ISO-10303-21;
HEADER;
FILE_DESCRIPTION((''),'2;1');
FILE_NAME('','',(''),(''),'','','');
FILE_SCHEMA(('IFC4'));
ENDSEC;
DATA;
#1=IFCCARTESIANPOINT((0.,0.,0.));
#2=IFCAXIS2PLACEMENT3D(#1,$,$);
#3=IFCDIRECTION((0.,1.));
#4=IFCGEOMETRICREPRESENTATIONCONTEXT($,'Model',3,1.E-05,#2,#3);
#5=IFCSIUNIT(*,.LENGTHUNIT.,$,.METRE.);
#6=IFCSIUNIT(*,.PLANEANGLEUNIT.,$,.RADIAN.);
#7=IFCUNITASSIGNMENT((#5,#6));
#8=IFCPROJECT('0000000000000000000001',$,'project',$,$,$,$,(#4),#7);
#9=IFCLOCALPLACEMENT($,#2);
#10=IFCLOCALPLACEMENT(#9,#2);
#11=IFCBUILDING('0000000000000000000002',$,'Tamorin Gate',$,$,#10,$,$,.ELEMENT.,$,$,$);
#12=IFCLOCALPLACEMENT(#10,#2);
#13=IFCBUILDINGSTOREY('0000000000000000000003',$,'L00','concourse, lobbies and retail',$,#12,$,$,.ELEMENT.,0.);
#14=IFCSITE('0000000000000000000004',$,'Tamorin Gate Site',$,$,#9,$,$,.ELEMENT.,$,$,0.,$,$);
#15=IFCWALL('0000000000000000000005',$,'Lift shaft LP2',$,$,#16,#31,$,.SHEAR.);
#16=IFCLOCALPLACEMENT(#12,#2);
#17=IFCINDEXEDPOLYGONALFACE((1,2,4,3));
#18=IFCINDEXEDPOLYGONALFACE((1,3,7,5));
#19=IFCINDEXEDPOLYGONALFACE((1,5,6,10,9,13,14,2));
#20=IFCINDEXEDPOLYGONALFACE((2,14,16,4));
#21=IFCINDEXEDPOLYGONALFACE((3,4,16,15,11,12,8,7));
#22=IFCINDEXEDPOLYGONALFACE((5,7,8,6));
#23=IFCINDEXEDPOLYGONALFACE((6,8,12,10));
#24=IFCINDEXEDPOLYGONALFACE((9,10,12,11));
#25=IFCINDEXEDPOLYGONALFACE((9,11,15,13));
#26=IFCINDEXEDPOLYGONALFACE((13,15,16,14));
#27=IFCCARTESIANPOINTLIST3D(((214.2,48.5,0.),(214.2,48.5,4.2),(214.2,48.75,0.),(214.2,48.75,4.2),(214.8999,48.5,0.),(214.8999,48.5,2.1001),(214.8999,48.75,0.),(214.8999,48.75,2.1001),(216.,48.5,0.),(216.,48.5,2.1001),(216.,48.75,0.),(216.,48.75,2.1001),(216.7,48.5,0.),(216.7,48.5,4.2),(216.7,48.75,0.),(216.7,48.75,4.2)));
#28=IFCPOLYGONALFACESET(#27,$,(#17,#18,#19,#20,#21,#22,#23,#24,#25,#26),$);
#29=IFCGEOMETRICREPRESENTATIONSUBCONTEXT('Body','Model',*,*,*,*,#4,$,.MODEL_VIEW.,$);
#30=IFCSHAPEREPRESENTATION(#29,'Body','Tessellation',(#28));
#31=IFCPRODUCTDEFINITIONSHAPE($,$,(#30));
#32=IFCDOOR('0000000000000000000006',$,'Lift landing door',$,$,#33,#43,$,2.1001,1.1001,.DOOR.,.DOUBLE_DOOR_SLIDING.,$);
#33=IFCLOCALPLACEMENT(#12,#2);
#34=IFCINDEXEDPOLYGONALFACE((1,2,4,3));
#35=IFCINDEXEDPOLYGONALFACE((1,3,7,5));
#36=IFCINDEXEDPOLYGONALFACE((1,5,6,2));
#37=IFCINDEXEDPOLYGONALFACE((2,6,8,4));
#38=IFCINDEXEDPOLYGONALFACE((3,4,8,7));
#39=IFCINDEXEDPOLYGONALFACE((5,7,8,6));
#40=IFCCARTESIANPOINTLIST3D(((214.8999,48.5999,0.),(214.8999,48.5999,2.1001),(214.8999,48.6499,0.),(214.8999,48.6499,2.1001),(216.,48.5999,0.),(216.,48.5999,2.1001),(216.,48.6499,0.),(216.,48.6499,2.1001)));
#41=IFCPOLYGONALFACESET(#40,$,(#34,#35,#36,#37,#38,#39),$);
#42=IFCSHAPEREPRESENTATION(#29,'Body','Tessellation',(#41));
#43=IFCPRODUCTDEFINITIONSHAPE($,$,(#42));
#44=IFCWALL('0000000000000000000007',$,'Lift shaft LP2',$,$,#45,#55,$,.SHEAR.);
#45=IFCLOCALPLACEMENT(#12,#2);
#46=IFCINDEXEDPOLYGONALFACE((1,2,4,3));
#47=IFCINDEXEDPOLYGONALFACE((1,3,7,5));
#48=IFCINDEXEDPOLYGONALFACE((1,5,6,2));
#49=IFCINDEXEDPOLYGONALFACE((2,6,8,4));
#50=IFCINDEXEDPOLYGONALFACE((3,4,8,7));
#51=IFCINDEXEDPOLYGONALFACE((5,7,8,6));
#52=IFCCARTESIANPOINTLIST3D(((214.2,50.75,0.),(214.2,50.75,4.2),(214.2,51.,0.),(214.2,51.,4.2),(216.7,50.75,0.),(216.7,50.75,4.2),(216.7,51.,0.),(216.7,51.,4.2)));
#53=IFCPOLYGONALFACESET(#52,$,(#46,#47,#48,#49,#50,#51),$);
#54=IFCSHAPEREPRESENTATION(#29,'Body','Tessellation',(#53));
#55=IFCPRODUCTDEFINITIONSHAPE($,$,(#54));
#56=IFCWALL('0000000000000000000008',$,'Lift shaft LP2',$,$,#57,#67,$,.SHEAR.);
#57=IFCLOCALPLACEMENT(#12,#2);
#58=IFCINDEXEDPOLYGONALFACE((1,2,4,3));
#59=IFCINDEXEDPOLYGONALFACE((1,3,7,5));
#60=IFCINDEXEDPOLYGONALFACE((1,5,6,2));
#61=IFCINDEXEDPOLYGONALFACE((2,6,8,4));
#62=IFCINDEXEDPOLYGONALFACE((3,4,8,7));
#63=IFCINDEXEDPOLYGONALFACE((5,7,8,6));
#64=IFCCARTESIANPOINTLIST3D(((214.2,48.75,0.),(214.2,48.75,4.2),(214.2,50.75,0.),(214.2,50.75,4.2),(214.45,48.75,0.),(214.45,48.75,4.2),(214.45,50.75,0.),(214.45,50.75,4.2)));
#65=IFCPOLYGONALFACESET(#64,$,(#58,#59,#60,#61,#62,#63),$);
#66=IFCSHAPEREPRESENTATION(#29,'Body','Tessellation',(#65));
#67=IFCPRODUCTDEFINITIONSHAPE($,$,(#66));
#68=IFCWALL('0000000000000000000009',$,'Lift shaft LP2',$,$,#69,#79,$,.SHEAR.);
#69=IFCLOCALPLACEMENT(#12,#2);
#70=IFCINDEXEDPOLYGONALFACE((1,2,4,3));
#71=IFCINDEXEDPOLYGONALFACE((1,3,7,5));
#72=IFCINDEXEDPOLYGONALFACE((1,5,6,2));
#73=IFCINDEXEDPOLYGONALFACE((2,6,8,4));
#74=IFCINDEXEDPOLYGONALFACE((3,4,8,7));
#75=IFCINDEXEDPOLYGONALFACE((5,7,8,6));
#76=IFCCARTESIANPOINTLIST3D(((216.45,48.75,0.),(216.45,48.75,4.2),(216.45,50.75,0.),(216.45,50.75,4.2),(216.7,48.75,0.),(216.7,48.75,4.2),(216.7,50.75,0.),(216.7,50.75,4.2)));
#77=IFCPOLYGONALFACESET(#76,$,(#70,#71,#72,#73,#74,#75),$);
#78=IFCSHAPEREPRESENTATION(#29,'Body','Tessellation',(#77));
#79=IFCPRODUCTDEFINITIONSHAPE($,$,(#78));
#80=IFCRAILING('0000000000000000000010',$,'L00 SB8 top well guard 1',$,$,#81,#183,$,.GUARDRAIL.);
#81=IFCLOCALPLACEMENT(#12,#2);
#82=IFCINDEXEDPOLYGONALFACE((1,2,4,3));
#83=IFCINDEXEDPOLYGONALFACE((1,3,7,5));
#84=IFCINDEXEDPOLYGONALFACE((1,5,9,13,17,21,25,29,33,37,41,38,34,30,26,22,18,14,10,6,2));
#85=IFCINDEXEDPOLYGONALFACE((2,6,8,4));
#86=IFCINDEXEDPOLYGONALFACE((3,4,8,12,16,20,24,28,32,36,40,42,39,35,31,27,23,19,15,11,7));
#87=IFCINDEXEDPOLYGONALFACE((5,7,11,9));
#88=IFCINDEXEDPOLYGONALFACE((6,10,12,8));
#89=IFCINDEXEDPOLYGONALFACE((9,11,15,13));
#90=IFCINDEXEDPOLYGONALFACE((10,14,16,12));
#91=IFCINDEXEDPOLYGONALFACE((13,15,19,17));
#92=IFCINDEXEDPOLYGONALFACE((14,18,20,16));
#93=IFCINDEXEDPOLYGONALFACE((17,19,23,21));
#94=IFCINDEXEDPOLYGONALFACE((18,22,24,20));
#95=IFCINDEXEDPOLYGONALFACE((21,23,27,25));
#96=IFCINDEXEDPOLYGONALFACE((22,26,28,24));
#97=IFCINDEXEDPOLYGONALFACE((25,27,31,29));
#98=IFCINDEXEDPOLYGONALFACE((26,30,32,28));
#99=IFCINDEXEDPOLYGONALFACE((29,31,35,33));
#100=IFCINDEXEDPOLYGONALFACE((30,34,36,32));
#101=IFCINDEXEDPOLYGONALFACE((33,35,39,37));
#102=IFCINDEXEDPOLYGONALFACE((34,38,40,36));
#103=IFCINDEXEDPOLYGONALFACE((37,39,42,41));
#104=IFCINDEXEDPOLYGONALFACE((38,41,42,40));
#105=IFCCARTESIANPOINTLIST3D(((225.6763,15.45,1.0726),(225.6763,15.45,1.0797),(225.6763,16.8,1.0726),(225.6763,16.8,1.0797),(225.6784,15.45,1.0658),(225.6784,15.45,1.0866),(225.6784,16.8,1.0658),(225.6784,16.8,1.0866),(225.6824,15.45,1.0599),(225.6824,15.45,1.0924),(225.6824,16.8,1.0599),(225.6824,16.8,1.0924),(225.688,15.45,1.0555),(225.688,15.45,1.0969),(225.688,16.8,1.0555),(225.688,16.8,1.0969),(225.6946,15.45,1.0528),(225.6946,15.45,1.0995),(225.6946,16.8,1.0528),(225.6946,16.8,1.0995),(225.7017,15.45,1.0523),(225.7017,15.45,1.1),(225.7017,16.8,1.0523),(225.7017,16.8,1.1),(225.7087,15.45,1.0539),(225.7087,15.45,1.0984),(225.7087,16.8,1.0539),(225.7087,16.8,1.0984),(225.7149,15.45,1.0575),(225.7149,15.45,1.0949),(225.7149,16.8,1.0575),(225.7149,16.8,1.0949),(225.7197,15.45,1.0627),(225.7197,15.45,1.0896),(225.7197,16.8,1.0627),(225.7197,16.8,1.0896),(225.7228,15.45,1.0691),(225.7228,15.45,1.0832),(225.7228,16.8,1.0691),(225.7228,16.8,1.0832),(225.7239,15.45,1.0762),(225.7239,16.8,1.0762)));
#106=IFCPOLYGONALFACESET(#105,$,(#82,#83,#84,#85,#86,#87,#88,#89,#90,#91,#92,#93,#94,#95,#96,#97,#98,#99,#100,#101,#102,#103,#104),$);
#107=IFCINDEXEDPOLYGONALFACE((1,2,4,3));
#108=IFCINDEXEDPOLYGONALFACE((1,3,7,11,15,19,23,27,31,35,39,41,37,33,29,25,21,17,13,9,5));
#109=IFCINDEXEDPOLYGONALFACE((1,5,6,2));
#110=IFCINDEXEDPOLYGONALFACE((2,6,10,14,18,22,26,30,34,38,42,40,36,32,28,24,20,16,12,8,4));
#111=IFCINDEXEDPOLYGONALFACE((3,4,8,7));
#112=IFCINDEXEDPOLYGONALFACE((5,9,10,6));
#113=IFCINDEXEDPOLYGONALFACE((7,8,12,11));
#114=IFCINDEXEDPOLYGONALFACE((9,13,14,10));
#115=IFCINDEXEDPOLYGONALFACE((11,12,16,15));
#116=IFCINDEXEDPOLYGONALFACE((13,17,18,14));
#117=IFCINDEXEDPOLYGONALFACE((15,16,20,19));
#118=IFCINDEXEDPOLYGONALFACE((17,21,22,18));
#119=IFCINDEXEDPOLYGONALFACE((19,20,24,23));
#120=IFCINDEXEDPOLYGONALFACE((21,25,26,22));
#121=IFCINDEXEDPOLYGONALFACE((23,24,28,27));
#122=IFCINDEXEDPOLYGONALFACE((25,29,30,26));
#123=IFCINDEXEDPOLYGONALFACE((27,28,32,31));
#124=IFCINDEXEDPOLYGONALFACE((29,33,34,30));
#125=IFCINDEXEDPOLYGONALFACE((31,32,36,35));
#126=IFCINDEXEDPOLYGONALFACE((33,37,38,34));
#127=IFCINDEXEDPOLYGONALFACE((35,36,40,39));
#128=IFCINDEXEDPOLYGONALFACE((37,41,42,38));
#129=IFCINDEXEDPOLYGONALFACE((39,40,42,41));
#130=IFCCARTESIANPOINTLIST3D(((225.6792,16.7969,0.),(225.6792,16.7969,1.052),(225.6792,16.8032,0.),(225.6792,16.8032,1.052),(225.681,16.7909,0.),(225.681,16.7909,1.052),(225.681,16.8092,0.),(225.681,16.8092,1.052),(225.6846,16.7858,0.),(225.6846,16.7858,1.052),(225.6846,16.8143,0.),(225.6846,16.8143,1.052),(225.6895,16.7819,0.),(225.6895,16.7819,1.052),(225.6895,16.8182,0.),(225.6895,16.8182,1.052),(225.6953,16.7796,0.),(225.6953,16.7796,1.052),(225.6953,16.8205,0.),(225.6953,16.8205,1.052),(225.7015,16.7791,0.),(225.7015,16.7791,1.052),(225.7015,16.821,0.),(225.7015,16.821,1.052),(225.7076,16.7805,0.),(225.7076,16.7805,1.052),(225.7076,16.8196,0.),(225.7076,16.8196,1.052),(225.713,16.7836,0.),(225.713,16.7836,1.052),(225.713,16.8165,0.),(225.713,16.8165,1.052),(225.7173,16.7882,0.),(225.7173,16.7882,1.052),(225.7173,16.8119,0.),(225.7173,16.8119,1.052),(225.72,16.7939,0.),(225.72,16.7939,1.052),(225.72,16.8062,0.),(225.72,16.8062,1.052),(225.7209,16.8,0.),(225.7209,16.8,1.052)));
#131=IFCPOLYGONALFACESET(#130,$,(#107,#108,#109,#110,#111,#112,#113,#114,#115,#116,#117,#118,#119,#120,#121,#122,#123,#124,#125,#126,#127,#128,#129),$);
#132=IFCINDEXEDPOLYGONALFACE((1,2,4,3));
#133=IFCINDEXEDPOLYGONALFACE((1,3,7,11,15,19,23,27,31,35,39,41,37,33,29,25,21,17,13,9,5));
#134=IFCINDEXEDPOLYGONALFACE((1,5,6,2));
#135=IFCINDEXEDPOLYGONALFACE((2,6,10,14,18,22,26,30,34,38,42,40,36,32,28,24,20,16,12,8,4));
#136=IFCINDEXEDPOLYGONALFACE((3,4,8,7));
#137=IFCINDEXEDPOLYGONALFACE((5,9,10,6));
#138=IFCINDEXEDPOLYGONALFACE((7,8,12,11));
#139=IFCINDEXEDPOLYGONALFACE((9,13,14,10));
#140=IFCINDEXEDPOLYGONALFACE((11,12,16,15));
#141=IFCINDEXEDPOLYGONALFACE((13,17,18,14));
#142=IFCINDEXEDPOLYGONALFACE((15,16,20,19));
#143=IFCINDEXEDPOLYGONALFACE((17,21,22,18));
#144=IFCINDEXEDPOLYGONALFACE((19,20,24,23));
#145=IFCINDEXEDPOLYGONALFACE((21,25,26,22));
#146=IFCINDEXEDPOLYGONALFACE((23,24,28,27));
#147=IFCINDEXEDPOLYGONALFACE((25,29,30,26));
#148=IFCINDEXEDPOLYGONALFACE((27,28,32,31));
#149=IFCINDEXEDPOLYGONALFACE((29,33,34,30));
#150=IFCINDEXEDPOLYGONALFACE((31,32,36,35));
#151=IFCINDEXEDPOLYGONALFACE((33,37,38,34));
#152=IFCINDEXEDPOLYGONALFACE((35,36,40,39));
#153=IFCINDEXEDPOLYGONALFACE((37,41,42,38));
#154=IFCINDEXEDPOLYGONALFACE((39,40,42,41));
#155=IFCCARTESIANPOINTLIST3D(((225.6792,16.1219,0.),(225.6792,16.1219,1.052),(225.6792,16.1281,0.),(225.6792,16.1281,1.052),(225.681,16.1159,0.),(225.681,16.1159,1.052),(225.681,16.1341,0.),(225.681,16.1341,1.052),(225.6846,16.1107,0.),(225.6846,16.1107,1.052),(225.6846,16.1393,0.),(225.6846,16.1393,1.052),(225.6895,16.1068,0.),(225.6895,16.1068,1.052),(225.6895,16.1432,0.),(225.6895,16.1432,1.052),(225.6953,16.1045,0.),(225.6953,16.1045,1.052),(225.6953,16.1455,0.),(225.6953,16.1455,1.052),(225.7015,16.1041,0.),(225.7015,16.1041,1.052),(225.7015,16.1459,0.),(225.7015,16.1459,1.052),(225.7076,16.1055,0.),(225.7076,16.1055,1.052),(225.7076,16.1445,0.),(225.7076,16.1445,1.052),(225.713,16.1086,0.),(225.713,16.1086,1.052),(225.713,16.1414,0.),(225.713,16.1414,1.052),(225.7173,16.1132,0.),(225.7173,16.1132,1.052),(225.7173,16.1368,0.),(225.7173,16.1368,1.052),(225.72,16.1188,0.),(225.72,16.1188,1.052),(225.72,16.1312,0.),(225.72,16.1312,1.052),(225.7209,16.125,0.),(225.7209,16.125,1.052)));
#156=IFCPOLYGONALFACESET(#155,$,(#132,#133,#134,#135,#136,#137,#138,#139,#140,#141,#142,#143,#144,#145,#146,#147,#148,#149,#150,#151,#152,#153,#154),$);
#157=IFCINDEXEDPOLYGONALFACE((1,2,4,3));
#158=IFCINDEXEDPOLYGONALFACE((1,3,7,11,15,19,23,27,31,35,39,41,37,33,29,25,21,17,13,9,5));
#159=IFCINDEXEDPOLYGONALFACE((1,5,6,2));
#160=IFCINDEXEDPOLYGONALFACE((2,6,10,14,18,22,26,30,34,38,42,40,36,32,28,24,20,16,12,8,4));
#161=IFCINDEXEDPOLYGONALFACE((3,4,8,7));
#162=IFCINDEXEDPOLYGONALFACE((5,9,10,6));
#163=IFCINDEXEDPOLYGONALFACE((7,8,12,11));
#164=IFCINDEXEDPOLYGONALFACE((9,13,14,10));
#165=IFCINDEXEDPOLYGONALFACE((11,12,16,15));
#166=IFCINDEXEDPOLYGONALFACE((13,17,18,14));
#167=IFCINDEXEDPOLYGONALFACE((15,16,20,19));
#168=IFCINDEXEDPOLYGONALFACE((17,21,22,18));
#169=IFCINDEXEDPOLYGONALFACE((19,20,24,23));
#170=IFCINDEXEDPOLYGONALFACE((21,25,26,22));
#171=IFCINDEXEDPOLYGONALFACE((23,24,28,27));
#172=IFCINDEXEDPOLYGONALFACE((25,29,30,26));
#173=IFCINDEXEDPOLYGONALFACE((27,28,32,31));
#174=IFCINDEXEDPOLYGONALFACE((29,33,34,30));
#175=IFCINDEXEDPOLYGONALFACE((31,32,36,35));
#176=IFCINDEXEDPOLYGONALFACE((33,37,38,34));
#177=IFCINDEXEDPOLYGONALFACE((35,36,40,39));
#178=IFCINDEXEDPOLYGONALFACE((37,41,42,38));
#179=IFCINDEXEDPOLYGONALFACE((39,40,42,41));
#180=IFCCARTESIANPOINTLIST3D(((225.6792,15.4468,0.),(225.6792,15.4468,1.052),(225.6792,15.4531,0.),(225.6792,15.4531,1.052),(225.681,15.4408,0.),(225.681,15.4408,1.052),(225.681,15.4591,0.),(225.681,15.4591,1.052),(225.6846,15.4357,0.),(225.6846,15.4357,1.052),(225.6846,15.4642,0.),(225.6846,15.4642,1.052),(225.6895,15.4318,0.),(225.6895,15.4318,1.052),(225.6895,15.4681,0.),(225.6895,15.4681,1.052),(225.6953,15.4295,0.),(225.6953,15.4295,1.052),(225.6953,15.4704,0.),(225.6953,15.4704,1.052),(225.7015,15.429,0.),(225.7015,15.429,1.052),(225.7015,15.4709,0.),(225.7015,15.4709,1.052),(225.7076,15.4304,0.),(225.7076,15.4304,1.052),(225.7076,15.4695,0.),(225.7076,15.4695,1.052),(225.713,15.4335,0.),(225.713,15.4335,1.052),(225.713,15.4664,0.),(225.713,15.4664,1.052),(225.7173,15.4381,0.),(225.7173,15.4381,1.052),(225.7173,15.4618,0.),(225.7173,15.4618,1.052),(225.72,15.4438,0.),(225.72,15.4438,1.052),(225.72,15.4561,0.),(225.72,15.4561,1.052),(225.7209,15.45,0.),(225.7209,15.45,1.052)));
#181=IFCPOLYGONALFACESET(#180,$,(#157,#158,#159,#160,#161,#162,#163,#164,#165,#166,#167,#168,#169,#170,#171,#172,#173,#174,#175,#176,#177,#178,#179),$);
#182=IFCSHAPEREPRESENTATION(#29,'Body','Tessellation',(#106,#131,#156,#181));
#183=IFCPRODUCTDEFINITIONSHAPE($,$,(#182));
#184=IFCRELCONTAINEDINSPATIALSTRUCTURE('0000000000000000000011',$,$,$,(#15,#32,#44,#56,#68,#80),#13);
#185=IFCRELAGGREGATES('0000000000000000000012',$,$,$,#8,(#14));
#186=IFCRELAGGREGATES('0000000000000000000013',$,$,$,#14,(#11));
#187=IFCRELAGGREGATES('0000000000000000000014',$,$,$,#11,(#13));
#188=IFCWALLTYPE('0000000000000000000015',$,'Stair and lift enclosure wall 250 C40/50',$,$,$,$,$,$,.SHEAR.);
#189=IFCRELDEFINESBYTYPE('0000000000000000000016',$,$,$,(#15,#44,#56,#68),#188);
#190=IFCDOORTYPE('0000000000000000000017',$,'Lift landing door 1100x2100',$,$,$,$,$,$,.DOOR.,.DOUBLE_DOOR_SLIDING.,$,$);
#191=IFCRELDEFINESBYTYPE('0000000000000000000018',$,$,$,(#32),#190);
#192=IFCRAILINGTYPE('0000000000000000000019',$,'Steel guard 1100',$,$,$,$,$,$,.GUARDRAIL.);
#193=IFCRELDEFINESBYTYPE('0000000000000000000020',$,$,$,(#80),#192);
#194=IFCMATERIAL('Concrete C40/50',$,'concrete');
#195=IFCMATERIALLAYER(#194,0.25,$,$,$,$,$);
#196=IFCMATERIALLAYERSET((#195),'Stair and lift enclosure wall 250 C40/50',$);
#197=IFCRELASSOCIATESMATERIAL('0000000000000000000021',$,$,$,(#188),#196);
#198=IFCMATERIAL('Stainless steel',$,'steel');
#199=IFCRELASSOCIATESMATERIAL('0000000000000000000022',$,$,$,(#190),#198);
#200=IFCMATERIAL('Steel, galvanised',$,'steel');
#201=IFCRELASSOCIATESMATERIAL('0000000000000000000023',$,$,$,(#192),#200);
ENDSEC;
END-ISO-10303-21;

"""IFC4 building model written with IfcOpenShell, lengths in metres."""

from ifc_helpers import new_model, si_unit, direction, frame, frame_2d, origin, origin_2d, place, context, subcontext, project, spatial, rectangle, circle, extrude, material, layer, layer_set, type_object, element, fill, save


model = new_model("IFC4")

# Units and contexts
model_context = context("Model", 3, precision=1e-05, world=origin(), true_north=direction((0.0, 1.0)))
body_context = subcontext(model_context, "Body", "Model", "MODEL_VIEW")
ifc_project = project(units=[si_unit("LENGTHUNIT", "METRE"), si_unit("PLANEANGLEUNIT", "RADIAN")], contexts=[model_context])

# Site, building, storey
site_placement = place(None, origin())
site = spatial("IfcSite", under=ifc_project, at=site_placement, Name="Tamorin Gate Site", CompositionType="ELEMENT", RefElevation=0.0)
building_placement = place(site_placement, origin())
building = spatial("IfcBuilding", under=site, at=building_placement, Name="Tamorin Gate", CompositionType="ELEMENT")
storey_placement = place(building_placement, origin())
storey = spatial("IfcBuildingStorey", under=building, at=storey_placement, Name="L00", Description="concourse, lobbies and retail", CompositionType="ELEMENT", Elevation=0.0)

# Shared definitions
ifc_material_1 = material(Name="Concrete C40/50", Category="concrete")

# Shared definitions
ifc_layer_1 = layer(ifc_material_1, 0.25)
ifc_layer_set_1 = layer_set([ifc_layer_1], Name="Stair and lift enclosure wall 250 C40/50")
wall_type_1 = type_object("IfcWallType", Name="Stair and lift enclosure wall 250 C40/50", PredefinedType="SHEAR", material=ifc_layer_set_1)

# Wall, opening, door
wall_1_placement = place(storey_placement, frame((214.2, 48.625, 0.0), z_axis=(0.0, 0.0, 1.0), x_axis=(1.0, 0.0, 0.0)))
wall_1 = element("IfcWall", 1, at=wall_1_placement, inside=storey, type_object=wall_type_1, Name="Lift shaft LP2", PredefinedType="SHEAR", context=body_context, shape_type="SweptSolid", body=[
    extrude(rectangle(XDim=2.5, YDim=0.25, at=frame_2d((1.25, 0.0))), origin(), (0.0, 0.0, 1.0), 4.2),
])
opening_1_placement = place(wall_1_placement, frame((0.7, 0.0, 0.0)))
opening_1 = element("IfcOpeningElement", 2, at=opening_1_placement, cuts=wall_1, PredefinedType="OPENING", context=body_context, shape_type="SweptSolid", body=[
    extrude(rectangle(XDim=1.1001, YDim=2.1001, at=frame_2d((0.55, 1.05))), frame((0.0, 0.135, 0.0), z_axis=(0.0, -1.0, 0.0), x_axis=(1.0, 0.0, 0.0)), (0.0, 0.0, 1.0), 0.27),
])
ifc_material_2 = material(Name="Stainless steel", Category="steel")
door_type_1 = type_object("IfcDoorType", Name="Lift landing door 1100x2100", OperationType="DOUBLE_DOOR_SLIDING", PredefinedType="DOOR", material=ifc_material_2)
door_1_placement = place(opening_1_placement, origin())
door_1 = element("IfcDoor", 3, at=door_1_placement, inside=storey, type_object=door_type_1, Name="Lift landing door", OperationType="DOUBLE_DOOR_SLIDING", OverallHeight=2.1001, OverallWidth=1.1001, PredefinedType="DOOR", context=body_context, shape_type="SweptSolid", body=[
    extrude(rectangle(XDim=1.1001, YDim=2.1001, at=frame_2d((0.55, 1.05))), frame((0.0, 0.0249, 0.0), z_axis=(0.0, -1.0, 0.0), x_axis=(1.0, 0.0, 0.0)), (0.0, 0.0, 1.0), 0.05),
])
fill(opening_1, door_1)

# Walls
wall_2_placement = place(storey_placement, frame((214.2, 50.875, 0.0), z_axis=(0.0, 0.0, 1.0), x_axis=(1.0, 0.0, 0.0)))
element("IfcWall", 4, at=wall_2_placement, inside=storey, type_object=wall_type_1, Name="Lift shaft LP2", PredefinedType="SHEAR", context=body_context, shape_type="SweptSolid", body=[
    extrude(rectangle(XDim=2.5, YDim=0.25, at=frame_2d((1.25, 0.0))), origin(), (0.0, 0.0, 1.0), 4.2),
])
for number, where, z_axis, x_axis, name in (
    (5, (214.325, 48.75, 0.0), (0.0, 0.0, 1.0), (0.0, 1.0, 0.0), "Lift shaft LP2"),
    (6, (216.575, 48.75, 0.0), (0.0, 0.0, 1.0), (0.0, 1.0, 0.0), "Lift shaft LP2"),
):
    element("IfcWall", number, at=place(storey_placement, frame(where, z_axis=z_axis, x_axis=x_axis)), inside=storey, type_object=wall_type_1, Name=name, PredefinedType="SHEAR", context=body_context, shape_type="SweptSolid", body=[
        extrude(rectangle(XDim=2.0, YDim=0.25, at=frame_2d((1.0, 0.0))), origin(), (0.0, 0.0, 1.0), 4.2),
    ])

# Railing
ifc_material_3 = material(Name="Steel, galvanised", Category="steel")
railing_type = type_object("IfcRailingType", Name="Steel guard 1100", PredefinedType="GUARDRAIL", material=ifc_material_3)
for number, where, name in (
    (7, (225.7, 16.8, 0.0), "L00 SB8 top well guard 1"),
):
    element("IfcRailing", number, at=place(storey_placement, frame(where)), inside=storey, type_object=railing_type, Name=name, PredefinedType="GUARDRAIL", context=body_context, shape_type="SweptSolid", body=[
        extrude(circle(Radius=0.0239, at=origin_2d()), frame((0.0, 0.0, 1.0762), z_axis=(0.0, -1.0, 0.0), x_axis=(1.0, 0.0, 0.0)), (0.0, 0.0, 1.0), 1.3501),
        extrude(circle(Radius=0.021, at=origin_2d()), origin(), (0.0, 0.0, 1.0), 1.052),
        extrude(circle(Radius=0.021, at=origin_2d()), frame((0.0, -0.675, 0.0)), (0.0, 0.0, 1.0), 1.052),
        extrude(circle(Radius=0.021, at=origin_2d()), frame((0.0, -1.3501, 0.0)), (0.0, 0.0, 1.0), 1.052),
    ])

save(model, "model.ifc")
